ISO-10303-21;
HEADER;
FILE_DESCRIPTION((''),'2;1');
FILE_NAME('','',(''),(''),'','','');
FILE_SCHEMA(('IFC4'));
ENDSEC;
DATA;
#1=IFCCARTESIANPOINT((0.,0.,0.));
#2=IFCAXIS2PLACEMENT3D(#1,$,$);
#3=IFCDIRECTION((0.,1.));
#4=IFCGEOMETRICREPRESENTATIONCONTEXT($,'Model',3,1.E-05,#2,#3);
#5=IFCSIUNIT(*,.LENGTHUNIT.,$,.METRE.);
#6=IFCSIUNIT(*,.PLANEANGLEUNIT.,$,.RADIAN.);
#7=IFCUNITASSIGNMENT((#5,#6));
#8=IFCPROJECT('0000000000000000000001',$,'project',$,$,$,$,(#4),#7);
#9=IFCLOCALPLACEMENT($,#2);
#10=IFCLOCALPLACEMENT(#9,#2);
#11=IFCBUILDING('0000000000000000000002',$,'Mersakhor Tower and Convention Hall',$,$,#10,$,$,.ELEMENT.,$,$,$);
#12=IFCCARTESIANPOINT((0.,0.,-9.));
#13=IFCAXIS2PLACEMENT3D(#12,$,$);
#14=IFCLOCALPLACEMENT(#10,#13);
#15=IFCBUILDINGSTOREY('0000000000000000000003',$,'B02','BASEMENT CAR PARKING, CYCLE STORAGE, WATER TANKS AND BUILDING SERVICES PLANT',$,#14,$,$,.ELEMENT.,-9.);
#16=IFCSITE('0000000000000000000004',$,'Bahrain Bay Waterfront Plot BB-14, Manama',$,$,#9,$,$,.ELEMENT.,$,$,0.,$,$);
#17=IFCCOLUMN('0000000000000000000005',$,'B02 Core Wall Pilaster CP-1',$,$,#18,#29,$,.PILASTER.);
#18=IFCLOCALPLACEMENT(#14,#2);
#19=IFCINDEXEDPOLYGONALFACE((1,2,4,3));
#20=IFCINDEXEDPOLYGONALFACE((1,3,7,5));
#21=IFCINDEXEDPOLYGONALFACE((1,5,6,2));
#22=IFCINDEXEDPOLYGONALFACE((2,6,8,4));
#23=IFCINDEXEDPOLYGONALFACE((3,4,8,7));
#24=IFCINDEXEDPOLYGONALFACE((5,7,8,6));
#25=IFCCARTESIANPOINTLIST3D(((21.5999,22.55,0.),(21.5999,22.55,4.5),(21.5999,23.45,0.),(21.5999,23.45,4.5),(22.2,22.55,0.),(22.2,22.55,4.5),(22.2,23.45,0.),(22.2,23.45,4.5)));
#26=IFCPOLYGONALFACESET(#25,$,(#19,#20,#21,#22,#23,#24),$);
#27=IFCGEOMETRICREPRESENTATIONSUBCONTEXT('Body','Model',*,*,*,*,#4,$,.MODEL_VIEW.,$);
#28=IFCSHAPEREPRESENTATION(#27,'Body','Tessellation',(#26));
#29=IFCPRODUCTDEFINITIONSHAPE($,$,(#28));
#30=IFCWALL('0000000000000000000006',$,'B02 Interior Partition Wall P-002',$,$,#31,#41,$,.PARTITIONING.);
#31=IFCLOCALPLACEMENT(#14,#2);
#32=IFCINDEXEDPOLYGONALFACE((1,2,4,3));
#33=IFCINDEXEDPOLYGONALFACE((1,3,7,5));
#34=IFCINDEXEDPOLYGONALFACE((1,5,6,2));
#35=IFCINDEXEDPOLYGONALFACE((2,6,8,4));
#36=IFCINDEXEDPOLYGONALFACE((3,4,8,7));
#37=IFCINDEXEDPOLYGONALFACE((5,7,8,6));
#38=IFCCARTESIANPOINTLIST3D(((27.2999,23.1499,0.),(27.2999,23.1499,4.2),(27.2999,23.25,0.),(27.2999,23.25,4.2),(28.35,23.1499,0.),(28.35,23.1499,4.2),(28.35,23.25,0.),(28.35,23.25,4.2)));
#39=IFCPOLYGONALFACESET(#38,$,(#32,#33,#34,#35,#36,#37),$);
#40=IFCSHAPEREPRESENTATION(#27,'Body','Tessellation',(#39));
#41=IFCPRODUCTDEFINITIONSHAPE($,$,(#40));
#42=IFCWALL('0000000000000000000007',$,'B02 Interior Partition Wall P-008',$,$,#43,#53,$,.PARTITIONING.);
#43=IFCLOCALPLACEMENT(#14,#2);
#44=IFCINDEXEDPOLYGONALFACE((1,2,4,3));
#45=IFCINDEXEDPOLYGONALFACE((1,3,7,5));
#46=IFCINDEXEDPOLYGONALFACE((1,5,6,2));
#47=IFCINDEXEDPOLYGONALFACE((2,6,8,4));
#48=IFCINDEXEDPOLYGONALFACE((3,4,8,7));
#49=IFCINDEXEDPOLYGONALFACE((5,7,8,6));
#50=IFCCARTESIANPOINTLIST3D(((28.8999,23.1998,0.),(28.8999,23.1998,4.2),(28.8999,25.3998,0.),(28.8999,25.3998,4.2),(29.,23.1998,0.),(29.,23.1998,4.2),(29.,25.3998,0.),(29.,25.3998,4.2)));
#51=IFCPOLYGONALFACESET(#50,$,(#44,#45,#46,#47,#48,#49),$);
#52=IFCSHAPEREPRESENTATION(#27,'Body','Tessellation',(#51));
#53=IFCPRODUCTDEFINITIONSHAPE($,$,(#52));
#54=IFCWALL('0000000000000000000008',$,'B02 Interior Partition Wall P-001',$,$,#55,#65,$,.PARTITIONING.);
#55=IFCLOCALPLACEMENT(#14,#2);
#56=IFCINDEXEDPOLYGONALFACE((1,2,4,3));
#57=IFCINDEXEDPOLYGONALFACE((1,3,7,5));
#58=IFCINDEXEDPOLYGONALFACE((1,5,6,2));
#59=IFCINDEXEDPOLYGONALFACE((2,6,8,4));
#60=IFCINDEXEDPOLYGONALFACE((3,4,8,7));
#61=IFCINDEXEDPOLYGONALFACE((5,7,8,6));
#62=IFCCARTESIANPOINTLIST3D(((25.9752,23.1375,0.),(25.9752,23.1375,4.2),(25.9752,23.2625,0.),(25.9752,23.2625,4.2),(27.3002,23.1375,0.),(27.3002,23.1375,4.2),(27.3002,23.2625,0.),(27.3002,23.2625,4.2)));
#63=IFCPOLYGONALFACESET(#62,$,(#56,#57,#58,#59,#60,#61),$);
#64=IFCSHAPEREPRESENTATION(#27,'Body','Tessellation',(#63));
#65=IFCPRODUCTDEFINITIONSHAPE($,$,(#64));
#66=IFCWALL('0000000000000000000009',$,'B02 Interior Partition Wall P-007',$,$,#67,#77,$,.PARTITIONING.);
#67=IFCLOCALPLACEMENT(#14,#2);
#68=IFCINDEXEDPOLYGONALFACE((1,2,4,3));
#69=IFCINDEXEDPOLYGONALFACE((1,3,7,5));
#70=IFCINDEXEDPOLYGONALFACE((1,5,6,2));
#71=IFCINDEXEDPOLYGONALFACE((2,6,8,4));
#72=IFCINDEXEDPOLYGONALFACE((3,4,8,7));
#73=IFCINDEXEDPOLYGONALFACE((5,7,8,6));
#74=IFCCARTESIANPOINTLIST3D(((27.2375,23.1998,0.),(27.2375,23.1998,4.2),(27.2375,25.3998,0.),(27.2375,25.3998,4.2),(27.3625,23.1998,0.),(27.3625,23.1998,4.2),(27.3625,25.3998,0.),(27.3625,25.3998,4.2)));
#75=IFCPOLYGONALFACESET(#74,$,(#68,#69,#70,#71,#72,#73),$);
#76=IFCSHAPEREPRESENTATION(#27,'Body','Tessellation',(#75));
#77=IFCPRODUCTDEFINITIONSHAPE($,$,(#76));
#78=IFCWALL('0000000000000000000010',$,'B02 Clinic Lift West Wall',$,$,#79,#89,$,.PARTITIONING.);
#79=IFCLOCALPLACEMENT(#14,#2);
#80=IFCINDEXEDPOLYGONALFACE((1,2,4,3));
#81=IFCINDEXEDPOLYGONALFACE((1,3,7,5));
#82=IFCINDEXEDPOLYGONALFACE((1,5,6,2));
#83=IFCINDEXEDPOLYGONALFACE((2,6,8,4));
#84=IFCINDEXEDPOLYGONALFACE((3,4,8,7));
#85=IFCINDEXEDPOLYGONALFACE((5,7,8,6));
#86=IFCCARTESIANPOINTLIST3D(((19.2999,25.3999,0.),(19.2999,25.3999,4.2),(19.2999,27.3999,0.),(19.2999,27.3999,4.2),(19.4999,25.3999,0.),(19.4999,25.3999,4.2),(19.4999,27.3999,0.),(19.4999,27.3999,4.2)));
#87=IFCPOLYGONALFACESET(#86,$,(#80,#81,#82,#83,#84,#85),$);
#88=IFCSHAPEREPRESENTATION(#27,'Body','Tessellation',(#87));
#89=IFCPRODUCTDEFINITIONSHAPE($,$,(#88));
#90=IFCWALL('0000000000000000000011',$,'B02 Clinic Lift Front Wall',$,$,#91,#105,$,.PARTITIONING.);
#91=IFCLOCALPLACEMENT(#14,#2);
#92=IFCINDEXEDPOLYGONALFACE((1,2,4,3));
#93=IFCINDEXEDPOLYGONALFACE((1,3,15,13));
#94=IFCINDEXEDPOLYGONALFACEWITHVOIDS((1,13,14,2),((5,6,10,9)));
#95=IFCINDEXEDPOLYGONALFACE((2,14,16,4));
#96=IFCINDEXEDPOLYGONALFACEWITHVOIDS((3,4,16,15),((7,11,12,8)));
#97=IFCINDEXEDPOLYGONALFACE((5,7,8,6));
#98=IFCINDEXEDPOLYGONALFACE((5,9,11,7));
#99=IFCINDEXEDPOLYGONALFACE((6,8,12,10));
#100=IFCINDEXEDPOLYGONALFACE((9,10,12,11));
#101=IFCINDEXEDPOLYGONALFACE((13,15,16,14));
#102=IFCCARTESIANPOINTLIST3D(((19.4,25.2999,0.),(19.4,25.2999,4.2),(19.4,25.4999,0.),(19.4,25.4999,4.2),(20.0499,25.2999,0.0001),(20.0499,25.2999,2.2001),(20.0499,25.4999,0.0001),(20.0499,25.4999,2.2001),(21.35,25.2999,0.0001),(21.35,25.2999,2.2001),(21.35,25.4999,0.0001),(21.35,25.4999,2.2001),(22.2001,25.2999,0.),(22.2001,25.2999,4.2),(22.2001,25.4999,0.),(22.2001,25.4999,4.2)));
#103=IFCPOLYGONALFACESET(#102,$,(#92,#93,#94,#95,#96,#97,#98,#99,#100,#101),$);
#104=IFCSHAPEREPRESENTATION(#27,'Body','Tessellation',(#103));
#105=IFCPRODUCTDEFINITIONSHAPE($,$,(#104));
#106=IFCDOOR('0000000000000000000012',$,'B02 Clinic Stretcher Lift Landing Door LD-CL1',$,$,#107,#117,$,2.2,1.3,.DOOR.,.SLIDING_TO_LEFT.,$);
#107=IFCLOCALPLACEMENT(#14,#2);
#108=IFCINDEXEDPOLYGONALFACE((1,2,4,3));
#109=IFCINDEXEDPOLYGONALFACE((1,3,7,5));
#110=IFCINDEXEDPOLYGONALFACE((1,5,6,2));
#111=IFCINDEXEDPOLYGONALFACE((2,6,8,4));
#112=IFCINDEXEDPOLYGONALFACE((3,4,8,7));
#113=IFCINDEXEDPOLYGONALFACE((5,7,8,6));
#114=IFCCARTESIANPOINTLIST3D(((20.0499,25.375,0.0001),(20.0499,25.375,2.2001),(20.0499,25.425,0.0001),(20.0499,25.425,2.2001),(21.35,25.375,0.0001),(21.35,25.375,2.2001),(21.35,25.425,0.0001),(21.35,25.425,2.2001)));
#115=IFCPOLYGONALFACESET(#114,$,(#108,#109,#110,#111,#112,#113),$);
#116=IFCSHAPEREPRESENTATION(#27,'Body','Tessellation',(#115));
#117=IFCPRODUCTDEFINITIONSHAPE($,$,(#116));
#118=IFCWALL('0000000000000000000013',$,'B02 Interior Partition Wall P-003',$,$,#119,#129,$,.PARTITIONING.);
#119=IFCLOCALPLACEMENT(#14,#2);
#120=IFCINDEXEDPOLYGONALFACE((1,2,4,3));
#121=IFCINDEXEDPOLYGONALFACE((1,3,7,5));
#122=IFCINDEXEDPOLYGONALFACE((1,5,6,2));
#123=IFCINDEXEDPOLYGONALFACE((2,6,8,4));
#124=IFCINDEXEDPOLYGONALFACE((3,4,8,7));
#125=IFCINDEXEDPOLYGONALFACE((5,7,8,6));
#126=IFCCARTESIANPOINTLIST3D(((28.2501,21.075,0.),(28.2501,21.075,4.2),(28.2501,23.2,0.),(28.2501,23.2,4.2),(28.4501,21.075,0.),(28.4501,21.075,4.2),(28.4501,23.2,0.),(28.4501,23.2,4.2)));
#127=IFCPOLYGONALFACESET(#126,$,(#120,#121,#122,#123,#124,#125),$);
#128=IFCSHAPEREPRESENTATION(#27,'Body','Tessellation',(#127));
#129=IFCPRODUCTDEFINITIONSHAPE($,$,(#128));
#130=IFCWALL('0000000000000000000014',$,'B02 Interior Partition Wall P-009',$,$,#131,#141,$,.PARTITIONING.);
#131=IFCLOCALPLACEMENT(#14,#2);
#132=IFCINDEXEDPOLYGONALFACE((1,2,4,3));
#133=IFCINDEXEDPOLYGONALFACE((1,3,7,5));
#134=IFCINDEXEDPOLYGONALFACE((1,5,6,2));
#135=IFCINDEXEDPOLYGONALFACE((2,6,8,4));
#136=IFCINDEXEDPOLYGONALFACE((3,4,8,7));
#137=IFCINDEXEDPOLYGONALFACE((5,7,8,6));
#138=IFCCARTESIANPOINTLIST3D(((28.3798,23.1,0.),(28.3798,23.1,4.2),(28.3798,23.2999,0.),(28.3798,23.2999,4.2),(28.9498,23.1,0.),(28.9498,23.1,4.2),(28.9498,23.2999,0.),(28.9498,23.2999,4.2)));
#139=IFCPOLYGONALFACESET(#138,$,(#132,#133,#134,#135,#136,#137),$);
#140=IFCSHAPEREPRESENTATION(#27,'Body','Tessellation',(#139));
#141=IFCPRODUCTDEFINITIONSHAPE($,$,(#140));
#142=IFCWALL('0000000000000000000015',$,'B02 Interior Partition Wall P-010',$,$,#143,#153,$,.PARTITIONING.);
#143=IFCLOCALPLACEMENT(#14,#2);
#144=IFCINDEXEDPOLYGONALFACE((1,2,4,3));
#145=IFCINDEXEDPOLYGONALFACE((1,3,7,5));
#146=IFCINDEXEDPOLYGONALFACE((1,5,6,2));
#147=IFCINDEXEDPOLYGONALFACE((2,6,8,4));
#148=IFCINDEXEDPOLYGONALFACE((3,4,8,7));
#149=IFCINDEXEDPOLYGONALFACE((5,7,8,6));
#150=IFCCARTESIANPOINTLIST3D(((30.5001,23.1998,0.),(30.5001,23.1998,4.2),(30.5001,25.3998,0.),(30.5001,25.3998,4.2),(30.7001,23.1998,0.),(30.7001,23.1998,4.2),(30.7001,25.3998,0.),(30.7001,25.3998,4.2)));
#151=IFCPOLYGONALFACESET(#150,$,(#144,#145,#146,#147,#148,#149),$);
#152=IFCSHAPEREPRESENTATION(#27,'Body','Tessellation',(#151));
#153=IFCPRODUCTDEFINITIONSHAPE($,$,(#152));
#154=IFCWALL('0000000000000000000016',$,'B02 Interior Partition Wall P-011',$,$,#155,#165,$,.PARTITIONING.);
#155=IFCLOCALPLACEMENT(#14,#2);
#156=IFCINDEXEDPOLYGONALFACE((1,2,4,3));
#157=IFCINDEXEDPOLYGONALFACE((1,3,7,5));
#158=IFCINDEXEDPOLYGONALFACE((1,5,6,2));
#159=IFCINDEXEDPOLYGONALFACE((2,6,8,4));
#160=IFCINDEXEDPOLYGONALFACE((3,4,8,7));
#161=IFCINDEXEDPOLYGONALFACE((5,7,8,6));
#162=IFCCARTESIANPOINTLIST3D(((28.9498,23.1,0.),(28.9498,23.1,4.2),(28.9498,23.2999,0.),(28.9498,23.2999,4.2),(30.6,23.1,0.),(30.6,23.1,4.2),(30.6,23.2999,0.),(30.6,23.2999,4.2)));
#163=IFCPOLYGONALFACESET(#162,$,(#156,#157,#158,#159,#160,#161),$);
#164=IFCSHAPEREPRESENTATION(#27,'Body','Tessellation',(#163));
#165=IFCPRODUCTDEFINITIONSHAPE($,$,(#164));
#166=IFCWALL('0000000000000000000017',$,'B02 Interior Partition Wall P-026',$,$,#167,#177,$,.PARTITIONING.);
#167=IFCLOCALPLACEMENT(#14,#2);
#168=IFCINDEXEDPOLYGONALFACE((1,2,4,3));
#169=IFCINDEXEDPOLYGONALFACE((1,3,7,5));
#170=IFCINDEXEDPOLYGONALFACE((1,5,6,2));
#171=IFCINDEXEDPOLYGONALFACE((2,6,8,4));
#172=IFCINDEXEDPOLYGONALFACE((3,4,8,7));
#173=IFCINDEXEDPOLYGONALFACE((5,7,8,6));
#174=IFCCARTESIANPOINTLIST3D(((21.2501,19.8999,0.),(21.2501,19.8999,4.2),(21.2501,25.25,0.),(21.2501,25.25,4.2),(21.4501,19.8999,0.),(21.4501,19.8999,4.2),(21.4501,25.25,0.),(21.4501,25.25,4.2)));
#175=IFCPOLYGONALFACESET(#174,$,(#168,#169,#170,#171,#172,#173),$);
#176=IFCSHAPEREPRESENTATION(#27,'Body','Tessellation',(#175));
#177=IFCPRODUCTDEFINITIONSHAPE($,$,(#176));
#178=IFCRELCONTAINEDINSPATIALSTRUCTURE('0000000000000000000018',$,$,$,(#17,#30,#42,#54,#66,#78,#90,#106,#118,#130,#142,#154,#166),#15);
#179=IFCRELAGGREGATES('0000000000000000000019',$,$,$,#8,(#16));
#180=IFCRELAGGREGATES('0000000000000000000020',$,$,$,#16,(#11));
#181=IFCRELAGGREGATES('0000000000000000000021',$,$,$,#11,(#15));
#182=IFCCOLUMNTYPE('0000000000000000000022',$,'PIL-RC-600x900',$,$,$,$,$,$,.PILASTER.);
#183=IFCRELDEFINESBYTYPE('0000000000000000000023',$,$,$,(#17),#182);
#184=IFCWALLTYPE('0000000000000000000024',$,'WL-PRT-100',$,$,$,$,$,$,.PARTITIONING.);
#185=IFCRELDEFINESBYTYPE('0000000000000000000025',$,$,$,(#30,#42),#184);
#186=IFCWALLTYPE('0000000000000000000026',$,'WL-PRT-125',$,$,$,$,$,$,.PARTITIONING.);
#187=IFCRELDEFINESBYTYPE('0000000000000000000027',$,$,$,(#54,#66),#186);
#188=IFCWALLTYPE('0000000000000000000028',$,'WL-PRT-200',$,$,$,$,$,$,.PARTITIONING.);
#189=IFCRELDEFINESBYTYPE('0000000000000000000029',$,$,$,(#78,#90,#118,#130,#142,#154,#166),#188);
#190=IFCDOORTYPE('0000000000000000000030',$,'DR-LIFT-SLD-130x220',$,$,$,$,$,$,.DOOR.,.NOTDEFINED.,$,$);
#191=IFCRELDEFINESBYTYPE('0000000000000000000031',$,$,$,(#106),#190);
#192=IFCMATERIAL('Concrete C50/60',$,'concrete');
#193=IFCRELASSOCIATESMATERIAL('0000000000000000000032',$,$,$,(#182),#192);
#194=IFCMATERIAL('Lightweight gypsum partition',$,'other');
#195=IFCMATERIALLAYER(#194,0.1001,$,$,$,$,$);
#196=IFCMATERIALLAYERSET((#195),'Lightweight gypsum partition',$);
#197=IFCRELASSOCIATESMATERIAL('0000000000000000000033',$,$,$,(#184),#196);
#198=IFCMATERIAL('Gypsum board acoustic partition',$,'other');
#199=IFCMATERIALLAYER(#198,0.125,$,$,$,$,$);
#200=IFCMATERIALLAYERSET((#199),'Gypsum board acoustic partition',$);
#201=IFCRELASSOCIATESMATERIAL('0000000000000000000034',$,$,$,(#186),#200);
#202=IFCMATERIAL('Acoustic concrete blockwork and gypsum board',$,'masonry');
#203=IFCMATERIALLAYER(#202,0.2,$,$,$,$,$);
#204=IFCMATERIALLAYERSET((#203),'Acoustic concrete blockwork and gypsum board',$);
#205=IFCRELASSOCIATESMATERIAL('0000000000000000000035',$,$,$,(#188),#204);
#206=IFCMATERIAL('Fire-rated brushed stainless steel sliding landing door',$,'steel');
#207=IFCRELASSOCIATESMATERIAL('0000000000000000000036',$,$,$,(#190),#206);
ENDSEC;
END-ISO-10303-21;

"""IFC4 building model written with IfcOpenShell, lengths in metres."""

from ifc_helpers import new_model, si_unit, direction, frame, frame_2d, origin, origin_2d, place, context, subcontext, project, spatial, rectangle, extrude, material, layer, layer_set, material_profile, profile_set, type_object, element, fill, save


model = new_model("IFC4")

# Units and contexts
model_context = context("Model", 3, precision=1e-05, world=origin(), true_north=direction((0.0, 1.0)))
body_context = subcontext(model_context, "Body", "Model", "MODEL_VIEW")
ifc_project = project(units=[si_unit("LENGTHUNIT", "METRE"), si_unit("PLANEANGLEUNIT", "RADIAN")], contexts=[model_context])

# Site, building, storey
site_placement = place(None, origin())
site = spatial("IfcSite", under=ifc_project, at=site_placement, Name="Bahrain Bay Waterfront Plot BB-14, Manama", CompositionType="ELEMENT", RefElevation=0.0)
building_placement = place(site_placement, origin())
building = spatial("IfcBuilding", under=site, at=building_placement, Name="Mersakhor Tower and Convention Hall", CompositionType="ELEMENT")
storey_placement = place(building_placement, frame((0.0, 0.0, -9.0)))
storey = spatial("IfcBuildingStorey", under=building, at=storey_placement, Name="B02", Description="BASEMENT CAR PARKING, CYCLE STORAGE, WATER TANKS AND BUILDING SERVICES PLANT", CompositionType="ELEMENT", Elevation=-9.0)

# Column
ifc_material_1 = material(Name="Concrete C50/60", Category="concrete")
ifc_material_profile_1 = material_profile(ifc_material_1, rectangle(XDim=0.6001, YDim=0.8999, at=origin_2d()), Name="RC 600x900")
ifc_profile_set_1 = profile_set([ifc_material_profile_1], Name="Concrete C50/60")
column_type = type_object("IfcColumnType", Name="PIL-RC-600x900", PredefinedType="PILASTER", material=ifc_profile_set_1)
column_placement = place(storey_placement, frame((21.8999, 23.0, 0.0), z_axis=(0.0, 0.0, 1.0), x_axis=(1.0, 0.0, 0.0)))
element("IfcColumn", 1, at=column_placement, inside=storey, type_object=column_type, Name="B02 Core Wall Pilaster CP-1", PredefinedType="PILASTER", context=body_context, shape_type="SweptSolid", body=[
    extrude(rectangle(XDim=0.6001, YDim=0.8999, at=origin_2d()), origin(), (0.0, 0.0, 1.0), 4.5),
])

# Walls
ifc_material_2 = material(Name="Lightweight gypsum partition", Category="other")
ifc_layer_1 = layer(ifc_material_2, 0.1001)
ifc_layer_set_1 = layer_set([ifc_layer_1], Name="Lightweight gypsum partition")
wall_type_1 = type_object("IfcWallType", Name="WL-PRT-100", PredefinedType="PARTITIONING", material=ifc_layer_set_1)
wall_1_placement = place(storey_placement, frame((27.3, 23.2, 0.0), z_axis=(0.0, 0.0, 1.0), x_axis=(1.0, 0.0, 0.0)))
element("IfcWall", 2, at=wall_1_placement, inside=storey, type_object=wall_type_1, Name="B02 Interior Partition Wall P-002", PredefinedType="PARTITIONING", context=body_context, shape_type="SweptSolid", body=[
    extrude(rectangle(XDim=1.05, YDim=0.1001, at=frame_2d((0.5249, 0.0))), origin(), (0.0, 0.0, 1.0), 4.2),
])
wall_2_placement = place(storey_placement, frame((28.95, 25.3999, 0.0), z_axis=(0.0, 0.0, 1.0), x_axis=(0.0, -1.0, 0.0)))
element("IfcWall", 3, at=wall_2_placement, inside=storey, type_object=wall_type_1, Name="B02 Interior Partition Wall P-008", PredefinedType="PARTITIONING", context=body_context, shape_type="SweptSolid", body=[
    extrude(rectangle(XDim=2.2, YDim=0.1001, at=frame_2d((1.1001, 0.0))), origin(), (0.0, 0.0, 1.0), 4.2),
])
ifc_material_3 = material(Name="Gypsum board acoustic partition", Category="other")
ifc_layer_2 = layer(ifc_material_3, 0.125)
ifc_layer_set_2 = layer_set([ifc_layer_2], Name="Gypsum board acoustic partition")
wall_type_2 = type_object("IfcWallType", Name="WL-PRT-125", PredefinedType="PARTITIONING", material=ifc_layer_set_2)
wall_3_placement = place(storey_placement, frame((25.9751, 23.2, 0.0), z_axis=(0.0, 0.0, 1.0), x_axis=(1.0, 0.0, 0.0)))
element("IfcWall", 4, at=wall_3_placement, inside=storey, type_object=wall_type_2, Name="B02 Interior Partition Wall P-001", PredefinedType="PARTITIONING", context=body_context, shape_type="SweptSolid", body=[
    extrude(rectangle(XDim=1.325, YDim=0.125, at=frame_2d((0.6626, 0.0))), origin(), (0.0, 0.0, 1.0), 4.2),
])
wall_4_placement = place(storey_placement, frame((27.3, 25.3999, 0.0), z_axis=(0.0, 0.0, 1.0), x_axis=(0.0, -1.0, 0.0)))
element("IfcWall", 5, at=wall_4_placement, inside=storey, type_object=wall_type_2, Name="B02 Interior Partition Wall P-007", PredefinedType="PARTITIONING", context=body_context, shape_type="SweptSolid", body=[
    extrude(rectangle(XDim=2.2, YDim=0.125, at=frame_2d((1.1001, 0.0))), origin(), (0.0, 0.0, 1.0), 4.2),
])

# Shared definitions
ifc_material_4 = material(Name="Acoustic concrete blockwork and gypsum board", Category="masonry")
ifc_layer_3 = layer(ifc_material_4, 0.2)
ifc_layer_set_3 = layer_set([ifc_layer_3], Name="Acoustic concrete blockwork and gypsum board")
wall_type_3 = type_object("IfcWallType", Name="WL-PRT-200", PredefinedType="PARTITIONING", material=ifc_layer_set_3)

# Wall
wall_5_placement = place(storey_placement, frame((19.3999, 25.3999, 0.0), z_axis=(0.0, 0.0, 1.0), x_axis=(0.0, 1.0, 0.0)))
element("IfcWall", 6, at=wall_5_placement, inside=storey, type_object=wall_type_3, Name="B02 Clinic Lift West Wall", PredefinedType="PARTITIONING", context=body_context, shape_type="SweptSolid", body=[
    extrude(rectangle(XDim=2.0, YDim=0.2, at=frame_2d((1.0, 0.0))), origin(), (0.0, 0.0, 1.0), 4.2),
])

# Wall, opening, door
wall_6_placement = place(storey_placement, frame((22.2, 25.3999, 0.0), z_axis=(0.0, 0.0, 1.0), x_axis=(-1.0, 0.0, 0.0)))
wall_6 = element("IfcWall", 7, at=wall_6_placement, inside=storey, type_object=wall_type_3, Name="B02 Clinic Lift Front Wall", PredefinedType="PARTITIONING", context=body_context, shape_type="SweptSolid", body=[
    extrude(rectangle(XDim=2.8, YDim=0.2, at=frame_2d((1.3999, 0.0))), origin(), (0.0, 0.0, 1.0), 4.2),
])
opening_1_placement = place(wall_6_placement, frame((0.8501, 0.0, 0.0)))
opening_1 = element("IfcOpeningElement", 8, at=opening_1_placement, cuts=wall_6, PredefinedType="OPENING", context=body_context, shape_type="SweptSolid", body=[
    extrude(rectangle(XDim=1.3, YDim=2.2, at=frame_2d((0.6499, 1.1001))), frame((0.0, 0.1099, 0.0), z_axis=(0.0, -1.0, 0.0), x_axis=(1.0, 0.0, 0.0)), (0.0, 0.0, 1.0), 0.22),
])
ifc_material_5 = material(Name="Fire-rated brushed stainless steel sliding landing door", Category="steel")
door_type_1 = type_object("IfcDoorType", Name="DR-LIFT-SLD-130x220", OperationType="NOTDEFINED", PredefinedType="DOOR", material=ifc_material_5)
door_1_placement = place(opening_1_placement, origin())
door_1 = element("IfcDoor", 9, at=door_1_placement, inside=storey, type_object=door_type_1, Name="B02 Clinic Stretcher Lift Landing Door LD-CL1", OperationType="SLIDING_TO_LEFT", OverallHeight=2.2, OverallWidth=1.3, PredefinedType="DOOR", context=body_context, shape_type="SweptSolid", body=[
    extrude(rectangle(XDim=1.3, YDim=2.2, at=frame_2d((0.6499, 1.1001))), frame((0.0, 0.0249, 0.0), z_axis=(0.0, -1.0, 0.0), x_axis=(1.0, 0.0, 0.0)), (0.0, 0.0, 1.0), 0.05),
])
fill(opening_1, door_1)

# Walls
wall_7_placement = place(storey_placement, frame((28.3501, 23.2, 0.0), z_axis=(0.0, 0.0, 1.0), x_axis=(0.0, -1.0, 0.0)))
element("IfcWall", 10, at=wall_7_placement, inside=storey, type_object=wall_type_3, Name="B02 Interior Partition Wall P-003", PredefinedType="PARTITIONING", context=body_context, shape_type="SweptSolid", body=[
    extrude(rectangle(XDim=2.125, YDim=0.2, at=frame_2d((1.0625, 0.0))), origin(), (0.0, 0.0, 1.0), 4.2),
])
wall_8_placement = place(storey_placement, frame((28.95, 23.2, 0.0), z_axis=(0.0, 0.0, 1.0), x_axis=(-1.0, 0.0, 0.0)))
element("IfcWall", 11, at=wall_8_placement, inside=storey, type_object=wall_type_3, Name="B02 Interior Partition Wall P-009", PredefinedType="PARTITIONING", context=body_context, shape_type="SweptSolid", body=[
    extrude(rectangle(XDim=0.5701, YDim=0.2, at=frame_2d((0.2852, 0.0))), origin(), (0.0, 0.0, 1.0), 4.2),
])
wall_9_placement = place(storey_placement, frame((30.6001, 25.3999, 0.0), z_axis=(0.0, 0.0, 1.0), x_axis=(0.0, -1.0, 0.0)))
element("IfcWall", 12, at=wall_9_placement, inside=storey, type_object=wall_type_3, Name="B02 Interior Partition Wall P-010", PredefinedType="PARTITIONING", context=body_context, shape_type="SweptSolid", body=[
    extrude(rectangle(XDim=2.2, YDim=0.2, at=frame_2d((1.1001, 0.0))), origin(), (0.0, 0.0, 1.0), 4.2),
])
wall_10_placement = place(storey_placement, frame((30.6001, 23.2, 0.0), z_axis=(0.0, 0.0, 1.0), x_axis=(-1.0, 0.0, 0.0)))
element("IfcWall", 13, at=wall_10_placement, inside=storey, type_object=wall_type_3, Name="B02 Interior Partition Wall P-011", PredefinedType="PARTITIONING", context=body_context, shape_type="SweptSolid", body=[
    extrude(rectangle(XDim=1.6501, YDim=0.2, at=frame_2d((0.8252, 0.0))), origin(), (0.0, 0.0, 1.0), 4.2),
])
wall_11_placement = place(storey_placement, frame((21.3501, 25.25, 0.0), z_axis=(0.0, 0.0, 1.0), x_axis=(0.0, -1.0, 0.0)))
element("IfcWall", 14, at=wall_11_placement, inside=storey, type_object=wall_type_3, Name="B02 Interior Partition Wall P-026", PredefinedType="PARTITIONING", context=body_context, shape_type="SweptSolid", body=[
    extrude(rectangle(XDim=5.3501, YDim=0.2, at=frame_2d((2.675, 0.0))), origin(), (0.0, 0.0, 1.0), 4.2),
])

save(model, "model.ifc")
